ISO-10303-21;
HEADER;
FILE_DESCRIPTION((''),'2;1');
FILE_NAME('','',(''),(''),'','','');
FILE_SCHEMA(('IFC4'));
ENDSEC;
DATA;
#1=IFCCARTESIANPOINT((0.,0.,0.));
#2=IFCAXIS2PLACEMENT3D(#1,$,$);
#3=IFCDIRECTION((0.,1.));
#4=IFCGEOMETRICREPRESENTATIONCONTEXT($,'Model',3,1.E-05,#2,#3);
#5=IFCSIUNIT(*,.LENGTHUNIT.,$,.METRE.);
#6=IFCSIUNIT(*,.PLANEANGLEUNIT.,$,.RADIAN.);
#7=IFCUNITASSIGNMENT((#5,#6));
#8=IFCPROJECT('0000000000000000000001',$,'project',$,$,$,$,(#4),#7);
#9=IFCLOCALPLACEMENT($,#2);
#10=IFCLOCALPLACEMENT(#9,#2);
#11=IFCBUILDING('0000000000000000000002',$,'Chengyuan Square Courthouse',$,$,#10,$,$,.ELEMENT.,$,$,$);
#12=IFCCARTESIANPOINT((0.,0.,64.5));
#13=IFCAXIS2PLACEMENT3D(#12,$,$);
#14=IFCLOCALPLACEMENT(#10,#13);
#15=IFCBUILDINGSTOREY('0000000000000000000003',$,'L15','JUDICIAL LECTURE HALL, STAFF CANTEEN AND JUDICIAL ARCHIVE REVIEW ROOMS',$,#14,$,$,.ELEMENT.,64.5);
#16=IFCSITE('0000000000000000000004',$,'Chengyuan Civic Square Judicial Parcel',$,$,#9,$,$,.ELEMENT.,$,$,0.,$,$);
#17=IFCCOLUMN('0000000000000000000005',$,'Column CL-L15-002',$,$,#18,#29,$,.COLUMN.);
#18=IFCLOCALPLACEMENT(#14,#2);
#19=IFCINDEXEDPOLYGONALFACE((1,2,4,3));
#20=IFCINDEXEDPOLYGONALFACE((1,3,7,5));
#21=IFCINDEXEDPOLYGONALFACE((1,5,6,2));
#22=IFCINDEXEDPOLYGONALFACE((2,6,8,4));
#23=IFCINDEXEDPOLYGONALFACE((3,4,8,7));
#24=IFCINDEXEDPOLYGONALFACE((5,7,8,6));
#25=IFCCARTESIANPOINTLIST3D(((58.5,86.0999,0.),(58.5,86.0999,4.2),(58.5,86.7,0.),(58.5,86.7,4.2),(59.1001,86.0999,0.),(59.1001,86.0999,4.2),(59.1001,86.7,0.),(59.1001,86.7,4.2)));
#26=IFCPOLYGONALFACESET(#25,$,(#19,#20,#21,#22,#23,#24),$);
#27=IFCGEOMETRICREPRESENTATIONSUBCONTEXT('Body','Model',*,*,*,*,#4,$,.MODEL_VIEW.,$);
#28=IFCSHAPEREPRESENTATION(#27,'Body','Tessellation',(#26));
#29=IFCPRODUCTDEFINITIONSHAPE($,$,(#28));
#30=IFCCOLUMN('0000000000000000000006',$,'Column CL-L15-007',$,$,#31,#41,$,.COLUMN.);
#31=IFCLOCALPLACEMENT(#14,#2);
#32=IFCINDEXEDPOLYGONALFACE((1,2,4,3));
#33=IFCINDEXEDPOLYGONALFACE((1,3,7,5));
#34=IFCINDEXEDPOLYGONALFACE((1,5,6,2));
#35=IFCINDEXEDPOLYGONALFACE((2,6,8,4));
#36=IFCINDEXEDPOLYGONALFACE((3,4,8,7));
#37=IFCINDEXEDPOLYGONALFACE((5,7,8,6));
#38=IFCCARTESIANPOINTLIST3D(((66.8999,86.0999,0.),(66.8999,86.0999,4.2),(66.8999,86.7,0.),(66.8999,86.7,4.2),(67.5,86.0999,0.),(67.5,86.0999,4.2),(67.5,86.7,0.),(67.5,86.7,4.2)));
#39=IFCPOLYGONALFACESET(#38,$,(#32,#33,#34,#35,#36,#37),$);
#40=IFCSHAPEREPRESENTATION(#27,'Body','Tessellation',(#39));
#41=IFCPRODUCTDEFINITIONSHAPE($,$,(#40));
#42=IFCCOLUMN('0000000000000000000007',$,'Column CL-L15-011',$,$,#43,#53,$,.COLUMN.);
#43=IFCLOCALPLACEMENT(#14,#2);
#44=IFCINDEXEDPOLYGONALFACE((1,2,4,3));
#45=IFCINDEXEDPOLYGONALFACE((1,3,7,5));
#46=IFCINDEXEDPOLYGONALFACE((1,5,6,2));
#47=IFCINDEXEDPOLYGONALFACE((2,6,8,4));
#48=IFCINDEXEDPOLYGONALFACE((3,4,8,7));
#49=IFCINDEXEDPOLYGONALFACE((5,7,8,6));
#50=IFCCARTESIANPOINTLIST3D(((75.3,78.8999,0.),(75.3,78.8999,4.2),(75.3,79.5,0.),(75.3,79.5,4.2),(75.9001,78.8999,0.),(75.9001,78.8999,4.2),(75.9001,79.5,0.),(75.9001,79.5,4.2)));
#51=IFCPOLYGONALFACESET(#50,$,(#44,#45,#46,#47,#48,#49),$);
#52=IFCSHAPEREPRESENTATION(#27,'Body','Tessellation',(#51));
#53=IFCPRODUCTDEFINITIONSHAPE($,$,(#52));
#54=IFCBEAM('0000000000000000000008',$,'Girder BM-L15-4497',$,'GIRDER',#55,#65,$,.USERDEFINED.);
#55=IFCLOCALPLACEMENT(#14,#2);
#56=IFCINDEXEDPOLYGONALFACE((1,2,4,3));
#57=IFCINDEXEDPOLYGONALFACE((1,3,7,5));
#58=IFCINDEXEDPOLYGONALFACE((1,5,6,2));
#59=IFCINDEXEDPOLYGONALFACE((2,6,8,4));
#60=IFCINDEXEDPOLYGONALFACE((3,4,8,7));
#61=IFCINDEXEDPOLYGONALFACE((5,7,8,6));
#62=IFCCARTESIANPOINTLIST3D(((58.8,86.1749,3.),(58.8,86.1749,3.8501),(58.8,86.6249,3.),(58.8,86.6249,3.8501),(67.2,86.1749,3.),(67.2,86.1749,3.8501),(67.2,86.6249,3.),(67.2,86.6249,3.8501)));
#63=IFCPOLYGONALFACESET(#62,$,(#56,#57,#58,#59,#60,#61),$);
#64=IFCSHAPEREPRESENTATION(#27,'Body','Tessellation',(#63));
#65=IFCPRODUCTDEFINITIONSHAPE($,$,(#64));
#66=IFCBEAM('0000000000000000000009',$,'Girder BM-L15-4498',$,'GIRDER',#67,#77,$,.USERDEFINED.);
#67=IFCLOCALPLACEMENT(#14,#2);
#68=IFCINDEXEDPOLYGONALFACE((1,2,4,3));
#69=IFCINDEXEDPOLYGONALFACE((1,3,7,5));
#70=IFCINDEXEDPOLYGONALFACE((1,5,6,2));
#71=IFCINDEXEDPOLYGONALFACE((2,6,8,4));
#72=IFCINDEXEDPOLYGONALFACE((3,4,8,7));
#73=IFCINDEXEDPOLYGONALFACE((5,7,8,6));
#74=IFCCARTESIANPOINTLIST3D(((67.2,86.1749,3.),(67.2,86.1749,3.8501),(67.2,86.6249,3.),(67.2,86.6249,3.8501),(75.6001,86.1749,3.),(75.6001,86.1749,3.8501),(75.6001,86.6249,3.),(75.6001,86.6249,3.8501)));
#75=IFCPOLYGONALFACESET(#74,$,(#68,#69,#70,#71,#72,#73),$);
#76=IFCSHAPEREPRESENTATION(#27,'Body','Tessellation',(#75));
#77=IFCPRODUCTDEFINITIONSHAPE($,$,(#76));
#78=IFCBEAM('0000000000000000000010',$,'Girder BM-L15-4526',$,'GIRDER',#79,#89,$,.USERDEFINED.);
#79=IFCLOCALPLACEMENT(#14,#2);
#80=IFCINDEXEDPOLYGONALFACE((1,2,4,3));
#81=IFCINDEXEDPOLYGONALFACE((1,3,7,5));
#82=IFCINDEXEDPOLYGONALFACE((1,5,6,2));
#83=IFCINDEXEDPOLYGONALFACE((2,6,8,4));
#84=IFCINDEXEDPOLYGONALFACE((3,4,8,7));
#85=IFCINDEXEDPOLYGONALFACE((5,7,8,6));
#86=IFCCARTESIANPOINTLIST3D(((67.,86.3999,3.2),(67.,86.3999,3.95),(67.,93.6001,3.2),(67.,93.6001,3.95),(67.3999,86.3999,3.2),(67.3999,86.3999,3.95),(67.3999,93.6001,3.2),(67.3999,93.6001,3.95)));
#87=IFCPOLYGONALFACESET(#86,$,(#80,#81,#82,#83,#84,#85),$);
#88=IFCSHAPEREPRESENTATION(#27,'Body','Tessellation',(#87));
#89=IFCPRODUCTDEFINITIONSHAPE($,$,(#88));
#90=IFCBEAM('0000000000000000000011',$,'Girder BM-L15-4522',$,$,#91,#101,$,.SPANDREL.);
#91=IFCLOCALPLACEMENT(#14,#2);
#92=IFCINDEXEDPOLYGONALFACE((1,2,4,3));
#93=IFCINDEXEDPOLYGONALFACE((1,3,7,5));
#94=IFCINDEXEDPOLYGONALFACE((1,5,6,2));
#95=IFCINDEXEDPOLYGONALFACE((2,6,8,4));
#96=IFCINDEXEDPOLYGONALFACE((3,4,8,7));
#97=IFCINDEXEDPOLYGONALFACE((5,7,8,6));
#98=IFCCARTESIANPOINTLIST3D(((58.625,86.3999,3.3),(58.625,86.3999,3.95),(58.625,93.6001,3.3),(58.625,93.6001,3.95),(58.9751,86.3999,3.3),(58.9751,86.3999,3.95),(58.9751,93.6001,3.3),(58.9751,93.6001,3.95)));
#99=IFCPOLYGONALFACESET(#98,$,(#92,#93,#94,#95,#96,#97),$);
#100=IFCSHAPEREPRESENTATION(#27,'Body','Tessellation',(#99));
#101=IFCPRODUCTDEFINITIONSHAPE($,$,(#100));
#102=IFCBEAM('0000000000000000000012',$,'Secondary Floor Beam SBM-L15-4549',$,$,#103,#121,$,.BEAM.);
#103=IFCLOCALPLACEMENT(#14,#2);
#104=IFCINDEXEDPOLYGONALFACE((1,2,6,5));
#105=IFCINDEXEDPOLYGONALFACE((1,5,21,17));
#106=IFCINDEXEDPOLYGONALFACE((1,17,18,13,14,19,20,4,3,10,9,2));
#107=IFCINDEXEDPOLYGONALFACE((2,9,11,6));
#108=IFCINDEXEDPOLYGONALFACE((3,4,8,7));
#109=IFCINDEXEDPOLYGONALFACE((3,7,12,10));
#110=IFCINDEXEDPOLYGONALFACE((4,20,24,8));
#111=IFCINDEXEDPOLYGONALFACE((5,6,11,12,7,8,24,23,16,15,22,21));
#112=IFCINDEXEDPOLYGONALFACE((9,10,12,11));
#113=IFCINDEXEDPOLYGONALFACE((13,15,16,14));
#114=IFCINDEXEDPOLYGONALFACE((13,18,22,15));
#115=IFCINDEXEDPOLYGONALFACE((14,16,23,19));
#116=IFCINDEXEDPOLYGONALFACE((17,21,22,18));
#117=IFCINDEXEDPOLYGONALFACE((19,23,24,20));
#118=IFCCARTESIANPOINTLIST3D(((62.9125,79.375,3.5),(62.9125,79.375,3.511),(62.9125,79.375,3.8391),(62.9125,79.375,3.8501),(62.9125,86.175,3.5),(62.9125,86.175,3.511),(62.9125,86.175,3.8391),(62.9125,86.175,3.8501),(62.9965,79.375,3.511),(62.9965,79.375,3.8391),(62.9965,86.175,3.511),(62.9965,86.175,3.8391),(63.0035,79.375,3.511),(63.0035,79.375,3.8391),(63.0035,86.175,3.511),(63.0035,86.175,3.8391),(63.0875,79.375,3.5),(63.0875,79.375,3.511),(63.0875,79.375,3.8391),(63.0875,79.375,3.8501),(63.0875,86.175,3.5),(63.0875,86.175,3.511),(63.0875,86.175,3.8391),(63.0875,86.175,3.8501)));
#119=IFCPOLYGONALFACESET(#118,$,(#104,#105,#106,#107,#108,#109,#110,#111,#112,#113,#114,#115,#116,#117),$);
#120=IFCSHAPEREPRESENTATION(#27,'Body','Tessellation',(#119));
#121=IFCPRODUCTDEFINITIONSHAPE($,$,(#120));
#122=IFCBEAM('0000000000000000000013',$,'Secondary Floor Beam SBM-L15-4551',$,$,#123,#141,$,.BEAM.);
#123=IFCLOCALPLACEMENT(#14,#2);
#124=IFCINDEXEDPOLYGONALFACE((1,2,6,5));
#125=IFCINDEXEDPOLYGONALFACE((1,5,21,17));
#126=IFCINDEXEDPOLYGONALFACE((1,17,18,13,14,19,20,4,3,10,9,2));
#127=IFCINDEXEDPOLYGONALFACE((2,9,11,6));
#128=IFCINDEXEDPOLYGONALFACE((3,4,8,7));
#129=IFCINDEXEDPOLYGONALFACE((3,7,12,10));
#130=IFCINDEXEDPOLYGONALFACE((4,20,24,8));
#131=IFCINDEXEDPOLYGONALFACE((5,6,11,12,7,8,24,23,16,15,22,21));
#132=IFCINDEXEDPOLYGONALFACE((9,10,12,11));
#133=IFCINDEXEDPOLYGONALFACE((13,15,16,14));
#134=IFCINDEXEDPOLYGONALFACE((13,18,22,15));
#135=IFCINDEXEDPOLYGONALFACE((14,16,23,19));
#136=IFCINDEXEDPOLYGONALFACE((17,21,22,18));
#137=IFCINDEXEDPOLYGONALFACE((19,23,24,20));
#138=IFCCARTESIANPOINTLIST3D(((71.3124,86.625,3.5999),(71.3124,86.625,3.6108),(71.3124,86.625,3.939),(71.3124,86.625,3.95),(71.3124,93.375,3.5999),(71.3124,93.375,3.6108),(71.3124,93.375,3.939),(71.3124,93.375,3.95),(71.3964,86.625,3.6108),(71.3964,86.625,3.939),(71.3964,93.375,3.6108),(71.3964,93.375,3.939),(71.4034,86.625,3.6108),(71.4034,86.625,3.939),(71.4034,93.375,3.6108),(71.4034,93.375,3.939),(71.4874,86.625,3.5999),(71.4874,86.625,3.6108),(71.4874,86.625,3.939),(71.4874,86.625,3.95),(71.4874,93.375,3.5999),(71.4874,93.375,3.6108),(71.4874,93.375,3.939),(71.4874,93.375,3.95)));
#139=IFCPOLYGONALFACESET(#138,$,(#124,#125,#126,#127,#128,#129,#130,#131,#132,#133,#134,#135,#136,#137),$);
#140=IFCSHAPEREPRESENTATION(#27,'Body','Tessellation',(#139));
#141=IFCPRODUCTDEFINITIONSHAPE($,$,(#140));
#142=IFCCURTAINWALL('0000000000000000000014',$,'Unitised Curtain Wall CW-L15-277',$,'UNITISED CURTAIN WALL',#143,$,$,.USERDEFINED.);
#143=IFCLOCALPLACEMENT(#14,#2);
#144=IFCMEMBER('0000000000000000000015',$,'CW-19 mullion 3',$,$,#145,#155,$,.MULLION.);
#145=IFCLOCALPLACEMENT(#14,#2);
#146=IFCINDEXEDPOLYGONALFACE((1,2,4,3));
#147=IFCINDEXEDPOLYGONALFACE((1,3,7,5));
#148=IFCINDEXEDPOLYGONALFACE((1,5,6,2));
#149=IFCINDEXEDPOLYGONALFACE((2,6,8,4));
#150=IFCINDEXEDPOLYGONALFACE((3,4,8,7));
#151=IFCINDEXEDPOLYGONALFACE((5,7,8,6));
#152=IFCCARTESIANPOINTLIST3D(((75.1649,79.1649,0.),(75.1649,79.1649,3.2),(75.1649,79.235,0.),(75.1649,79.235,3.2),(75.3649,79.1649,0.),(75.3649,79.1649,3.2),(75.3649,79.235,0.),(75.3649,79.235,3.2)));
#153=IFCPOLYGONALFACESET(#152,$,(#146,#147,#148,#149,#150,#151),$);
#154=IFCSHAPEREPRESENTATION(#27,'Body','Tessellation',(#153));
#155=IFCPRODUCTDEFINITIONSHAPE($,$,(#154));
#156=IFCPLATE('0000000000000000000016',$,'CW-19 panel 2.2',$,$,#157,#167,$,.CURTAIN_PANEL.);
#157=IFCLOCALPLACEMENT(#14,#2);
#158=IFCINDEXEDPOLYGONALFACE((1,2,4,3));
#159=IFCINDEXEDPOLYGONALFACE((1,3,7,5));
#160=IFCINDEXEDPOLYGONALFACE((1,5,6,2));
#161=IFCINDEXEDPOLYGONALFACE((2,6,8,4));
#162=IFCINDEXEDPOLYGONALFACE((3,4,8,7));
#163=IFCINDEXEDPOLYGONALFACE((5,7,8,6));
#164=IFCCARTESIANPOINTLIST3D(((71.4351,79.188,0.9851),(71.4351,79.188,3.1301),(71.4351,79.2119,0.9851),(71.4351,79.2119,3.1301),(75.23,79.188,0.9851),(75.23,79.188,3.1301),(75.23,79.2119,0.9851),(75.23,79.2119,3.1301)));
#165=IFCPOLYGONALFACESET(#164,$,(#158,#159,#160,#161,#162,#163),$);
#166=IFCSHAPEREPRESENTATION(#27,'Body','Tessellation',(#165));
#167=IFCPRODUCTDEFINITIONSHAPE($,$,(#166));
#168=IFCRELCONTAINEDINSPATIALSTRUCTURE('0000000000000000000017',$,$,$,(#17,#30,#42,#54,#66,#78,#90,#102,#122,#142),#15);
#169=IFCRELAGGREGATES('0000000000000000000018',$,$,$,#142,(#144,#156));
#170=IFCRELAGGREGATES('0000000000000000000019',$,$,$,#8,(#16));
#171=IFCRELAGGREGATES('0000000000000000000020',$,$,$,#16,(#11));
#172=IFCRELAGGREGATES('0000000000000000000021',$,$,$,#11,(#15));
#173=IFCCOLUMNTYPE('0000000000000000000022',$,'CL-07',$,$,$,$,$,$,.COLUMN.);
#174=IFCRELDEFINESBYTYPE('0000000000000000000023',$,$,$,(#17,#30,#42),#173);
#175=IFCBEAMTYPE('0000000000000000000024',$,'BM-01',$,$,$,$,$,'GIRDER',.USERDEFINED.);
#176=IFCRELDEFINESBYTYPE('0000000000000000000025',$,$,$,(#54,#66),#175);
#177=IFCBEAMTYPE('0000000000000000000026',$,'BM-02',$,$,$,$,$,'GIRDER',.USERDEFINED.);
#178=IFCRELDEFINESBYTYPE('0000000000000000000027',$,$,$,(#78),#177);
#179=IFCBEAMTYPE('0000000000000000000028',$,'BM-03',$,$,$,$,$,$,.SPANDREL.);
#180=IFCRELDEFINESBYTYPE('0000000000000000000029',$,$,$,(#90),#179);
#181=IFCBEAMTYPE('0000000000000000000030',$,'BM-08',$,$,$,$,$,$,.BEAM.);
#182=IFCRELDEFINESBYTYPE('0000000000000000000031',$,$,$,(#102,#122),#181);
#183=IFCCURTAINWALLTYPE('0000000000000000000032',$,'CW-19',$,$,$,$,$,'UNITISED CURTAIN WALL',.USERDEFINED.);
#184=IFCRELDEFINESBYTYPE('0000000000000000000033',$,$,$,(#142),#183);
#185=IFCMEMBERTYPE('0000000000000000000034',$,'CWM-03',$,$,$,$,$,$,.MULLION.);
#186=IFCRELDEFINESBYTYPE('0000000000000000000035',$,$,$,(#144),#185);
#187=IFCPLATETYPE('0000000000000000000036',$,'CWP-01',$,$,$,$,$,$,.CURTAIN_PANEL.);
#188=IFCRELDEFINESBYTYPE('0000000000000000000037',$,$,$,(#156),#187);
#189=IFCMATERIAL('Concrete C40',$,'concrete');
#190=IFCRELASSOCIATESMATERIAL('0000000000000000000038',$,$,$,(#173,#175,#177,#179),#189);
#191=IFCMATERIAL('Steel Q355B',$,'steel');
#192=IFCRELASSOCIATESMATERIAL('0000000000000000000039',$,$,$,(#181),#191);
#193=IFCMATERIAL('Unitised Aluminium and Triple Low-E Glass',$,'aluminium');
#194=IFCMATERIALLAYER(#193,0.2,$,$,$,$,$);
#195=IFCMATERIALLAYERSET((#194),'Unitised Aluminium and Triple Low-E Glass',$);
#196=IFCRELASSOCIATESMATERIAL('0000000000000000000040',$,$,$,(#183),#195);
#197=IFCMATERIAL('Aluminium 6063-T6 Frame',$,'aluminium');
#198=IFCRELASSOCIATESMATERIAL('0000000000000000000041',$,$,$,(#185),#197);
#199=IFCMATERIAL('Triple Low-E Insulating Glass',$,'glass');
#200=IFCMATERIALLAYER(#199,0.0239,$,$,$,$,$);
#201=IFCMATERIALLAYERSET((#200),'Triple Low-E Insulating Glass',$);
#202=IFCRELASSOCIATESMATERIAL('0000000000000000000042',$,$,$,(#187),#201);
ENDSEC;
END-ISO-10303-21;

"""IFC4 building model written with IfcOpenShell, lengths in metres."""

from ifc_helpers import new_model, si_unit, direction, frame, origin, origin_2d, place, context, subcontext, project, spatial, rectangle, i_section, extrude, material, layer, layer_set, material_profile, profile_set, type_object, element, aggregate, save


model = new_model("IFC4")

# Units and contexts
model_context = context("Model", 3, precision=1e-05, world=origin(), true_north=direction((0.0, 1.0)))
body_context = subcontext(model_context, "Body", "Model", "MODEL_VIEW")
ifc_project = project(units=[si_unit("LENGTHUNIT", "METRE"), si_unit("PLANEANGLEUNIT", "RADIAN")], contexts=[model_context])

# Site, building, storey
site_placement = place(None, origin())
site = spatial("IfcSite", under=ifc_project, at=site_placement, Name="Chengyuan Civic Square Judicial Parcel", CompositionType="ELEMENT", RefElevation=0.0)
building_placement = place(site_placement, origin())
building = spatial("IfcBuilding", under=site, at=building_placement, Name="Chengyuan Square Courthouse", CompositionType="ELEMENT")
storey_placement = place(building_placement, frame((0.0, 0.0, 64.5)))
storey = spatial("IfcBuildingStorey", under=building, at=storey_placement, Name="L15", Description="JUDICIAL LECTURE HALL, STAFF CANTEEN AND JUDICIAL ARCHIVE REVIEW ROOMS", CompositionType="ELEMENT", Elevation=64.5)

# Columns
ifc_material_1 = material(Name="Concrete C40", Category="concrete")
ifc_material_profile_1 = material_profile(ifc_material_1, rectangle(XDim=0.6001, YDim=0.6001, at=origin_2d()), Name="RC-COL-600x600")
ifc_profile_set_1 = profile_set([ifc_material_profile_1], Name="Concrete C40")
column_type = type_object("IfcColumnType", Name="CL-07", PredefinedType="COLUMN", material=ifc_profile_set_1)
for number, where, z_axis, x_axis, name in (
    (1, (58.8, 86.3999, 0.0), (0.0, 0.0, 1.0), (1.0, 0.0, 0.0), "Column CL-L15-002"),
    (2, (67.2, 86.3999, 0.0), (0.0, 0.0, 1.0), (1.0, 0.0, 0.0), "Column CL-L15-007"),
    (3, (75.6001, 79.2, 0.0), (0.0, 0.0, 1.0), (1.0, 0.0, 0.0), "Column CL-L15-011"),
):
    element("IfcColumn", number, at=place(storey_placement, frame(where, z_axis=z_axis, x_axis=x_axis)), inside=storey, type_object=column_type, Name=name, PredefinedType="COLUMN", context=body_context, shape_type="SweptSolid", body=[
        extrude(rectangle(XDim=0.6001, YDim=0.6001, at=origin_2d()), origin(), (0.0, 0.0, 1.0), 4.2),
    ])

# Beams
ifc_material_profile_2 = material_profile(ifc_material_1, rectangle(XDim=0.45, YDim=0.8501, at=origin_2d()), Name="RC-BM-450x850")
ifc_profile_set_2 = profile_set([ifc_material_profile_2], Name="Concrete C40")
beam_type_1 = type_object("IfcBeamType", Name="BM-01", ElementType="GIRDER", PredefinedType="USERDEFINED", material=ifc_profile_set_2)
beam_1_placement = place(storey_placement, frame((58.8, 86.3999, 3.425), z_axis=(1.0, 0.0, 0.0), x_axis=(0.0, 1.0, 0.0)))
element("IfcBeam", 4, at=beam_1_placement, inside=storey, type_object=beam_type_1, Name="Girder BM-L15-4497", ObjectType="GIRDER", PredefinedType="USERDEFINED", context=body_context, shape_type="SweptSolid", body=[
    extrude(rectangle(XDim=0.45, YDim=0.8501, at=origin_2d()), origin(), (0.0, 0.0, 1.0), 8.3999),
])
beam_2_placement = place(storey_placement, frame((67.2, 86.3999, 3.425), z_axis=(1.0, 0.0, 0.0), x_axis=(0.0, 1.0, 0.0)))
element("IfcBeam", 5, at=beam_2_placement, inside=storey, type_object=beam_type_1, Name="Girder BM-L15-4498", ObjectType="GIRDER", PredefinedType="USERDEFINED", context=body_context, shape_type="SweptSolid", body=[
    extrude(rectangle(XDim=0.45, YDim=0.8501, at=origin_2d()), origin(), (0.0, 0.0, 1.0), 8.4001),
])
ifc_material_profile_3 = material_profile(ifc_material_1, rectangle(XDim=0.3999, YDim=0.75, at=origin_2d()), Name="RC-BM-400x750")
ifc_profile_set_3 = profile_set([ifc_material_profile_3], Name="Concrete C40")
beam_type_2 = type_object("IfcBeamType", Name="BM-02", ElementType="GIRDER", PredefinedType="USERDEFINED", material=ifc_profile_set_3)
beam_3_placement = place(storey_placement, frame((67.2, 86.3999, 3.575), z_axis=(0.0, 1.0, 0.0), x_axis=(-1.0, 0.0, 0.0)))
element("IfcBeam", 6, at=beam_3_placement, inside=storey, type_object=beam_type_2, Name="Girder BM-L15-4526", ObjectType="GIRDER", PredefinedType="USERDEFINED", context=body_context, shape_type="SweptSolid", body=[
    extrude(rectangle(XDim=0.3999, YDim=0.75, at=origin_2d()), origin(), (0.0, 0.0, 1.0), 7.2002),
])
ifc_material_profile_4 = material_profile(ifc_material_1, rectangle(XDim=0.3501, YDim=0.6499, at=origin_2d()), Name="RC-BM-350x650")
ifc_profile_set_4 = profile_set([ifc_material_profile_4], Name="Concrete C40")
beam_type_3 = type_object("IfcBeamType", Name="BM-03", PredefinedType="SPANDREL", material=ifc_profile_set_4)
beam_4_placement = place(storey_placement, frame((58.8, 86.3999, 3.625), z_axis=(0.0, 1.0, 0.0), x_axis=(-1.0, 0.0, 0.0)))
element("IfcBeam", 7, at=beam_4_placement, inside=storey, type_object=beam_type_3, Name="Girder BM-L15-4522", PredefinedType="SPANDREL", context=body_context, shape_type="SweptSolid", body=[
    extrude(rectangle(XDim=0.3501, YDim=0.6499, at=origin_2d()), origin(), (0.0, 0.0, 1.0), 7.2002),
])
ifc_material_2 = material(Name="Steel Q355B", Category="steel")
ifc_material_profile_5 = material_profile(ifc_material_2, i_section(OverallWidth=0.175, OverallDepth=0.3501, WebThickness=0.0071, FlangeThickness=0.011, at=origin_2d()), Name="HN 350x175x7x11")
ifc_profile_set_5 = profile_set([ifc_material_profile_5], Name="Steel Q355B")
beam_type_4 = type_object("IfcBeamType", Name="BM-08", PredefinedType="BEAM", material=ifc_profile_set_5)
beam_5_placement = place(storey_placement, frame((63.0, 79.375, 3.675), z_axis=(0.0, 1.0, 0.0), x_axis=(-1.0, 0.0, 0.0)))
element("IfcBeam", 8, at=beam_5_placement, inside=storey, type_object=beam_type_4, Name="Secondary Floor Beam SBM-L15-4549", PredefinedType="BEAM", context=body_context, shape_type="SweptSolid", body=[
    extrude(i_section(OverallWidth=0.175, OverallDepth=0.3501, WebThickness=0.0071, FlangeThickness=0.011, at=origin_2d()), origin(), (0.0, 0.0, 1.0), 6.8),
])
beam_6_placement = place(storey_placement, frame((71.3999, 86.625, 3.7749), z_axis=(0.0, 1.0, 0.0), x_axis=(-1.0, 0.0, 0.0)))
element("IfcBeam", 9, at=beam_6_placement, inside=storey, type_object=beam_type_4, Name="Secondary Floor Beam SBM-L15-4551", PredefinedType="BEAM", context=body_context, shape_type="SweptSolid", body=[
    extrude(i_section(OverallWidth=0.175, OverallDepth=0.3501, WebThickness=0.0071, FlangeThickness=0.011, at=origin_2d()), origin(), (0.0, 0.0, 1.0), 6.75),
])

# Curtain wall, member, plate
ifc_material_3 = material(Name="Unitised Aluminium and Triple Low-E Glass", Category="aluminium")
ifc_layer_1 = layer(ifc_material_3, 0.2)
ifc_layer_set_1 = layer_set([ifc_layer_1], Name="Unitised Aluminium and Triple Low-E Glass")
curtain_wall_type = type_object("IfcCurtainWallType", Name="CW-19", ElementType="UNITISED CURTAIN WALL", PredefinedType="USERDEFINED", material=ifc_layer_set_1)
curtain_wall_placement = place(storey_placement, origin())
curtain_wall = element("IfcCurtainWall", 10, at=curtain_wall_placement, inside=storey, type_object=curtain_wall_type, Name="Unitised Curtain Wall CW-L15-277", ObjectType="UNITISED CURTAIN WALL", PredefinedType="USERDEFINED")
ifc_material_4 = material(Name="Aluminium 6063-T6 Frame", Category="aluminium")
ifc_material_profile_6 = material_profile(ifc_material_4, rectangle(XDim=0.0701, YDim=0.2, at=origin_2d()), Name="CW-MUL-70x200")
ifc_profile_set_6 = profile_set([ifc_material_profile_6], Name="Aluminium 6063-T6 Frame")
member_type = type_object("IfcMemberType", Name="CWM-03", PredefinedType="MULLION", material=ifc_profile_set_6)
member_placement = place(storey_placement, frame((75.2649, 79.2, 0.0), z_axis=(0.0, 0.0, 1.0), x_axis=(0.0, 1.0, 0.0)))
member = element("IfcMember", 11, at=member_placement, type_object=member_type, Name="CW-19 mullion 3", PredefinedType="MULLION", context=body_context, shape_type="SweptSolid", body=[
    extrude(rectangle(XDim=0.0701, YDim=0.2, at=origin_2d()), origin(), (0.0, 0.0, 1.0), 3.2),
])
ifc_material_5 = material(Name="Triple Low-E Insulating Glass", Category="glass")
ifc_layer_2 = layer(ifc_material_5, 0.0239)
ifc_layer_set_2 = layer_set([ifc_layer_2], Name="Triple Low-E Insulating Glass")
plate_type = type_object("IfcPlateType", Name="CWP-01", PredefinedType="CURTAIN_PANEL", material=ifc_layer_set_2)
plate_placement = place(storey_placement, frame((73.3325, 79.2, 0.9851), z_axis=(0.0, 0.0, 1.0), x_axis=(1.0, 0.0, 0.0)))
plate = element("IfcPlate", 12, at=plate_placement, type_object=plate_type, Name="CW-19 panel 2.2", PredefinedType="CURTAIN_PANEL", context=body_context, shape_type="SweptSolid", body=[
    extrude(rectangle(XDim=3.7949, YDim=0.0239, at=origin_2d()), origin(), (0.0, 0.0, 1.0), 2.145),
])
aggregate(curtain_wall, [member, plate])

save(model, "model.ifc")
